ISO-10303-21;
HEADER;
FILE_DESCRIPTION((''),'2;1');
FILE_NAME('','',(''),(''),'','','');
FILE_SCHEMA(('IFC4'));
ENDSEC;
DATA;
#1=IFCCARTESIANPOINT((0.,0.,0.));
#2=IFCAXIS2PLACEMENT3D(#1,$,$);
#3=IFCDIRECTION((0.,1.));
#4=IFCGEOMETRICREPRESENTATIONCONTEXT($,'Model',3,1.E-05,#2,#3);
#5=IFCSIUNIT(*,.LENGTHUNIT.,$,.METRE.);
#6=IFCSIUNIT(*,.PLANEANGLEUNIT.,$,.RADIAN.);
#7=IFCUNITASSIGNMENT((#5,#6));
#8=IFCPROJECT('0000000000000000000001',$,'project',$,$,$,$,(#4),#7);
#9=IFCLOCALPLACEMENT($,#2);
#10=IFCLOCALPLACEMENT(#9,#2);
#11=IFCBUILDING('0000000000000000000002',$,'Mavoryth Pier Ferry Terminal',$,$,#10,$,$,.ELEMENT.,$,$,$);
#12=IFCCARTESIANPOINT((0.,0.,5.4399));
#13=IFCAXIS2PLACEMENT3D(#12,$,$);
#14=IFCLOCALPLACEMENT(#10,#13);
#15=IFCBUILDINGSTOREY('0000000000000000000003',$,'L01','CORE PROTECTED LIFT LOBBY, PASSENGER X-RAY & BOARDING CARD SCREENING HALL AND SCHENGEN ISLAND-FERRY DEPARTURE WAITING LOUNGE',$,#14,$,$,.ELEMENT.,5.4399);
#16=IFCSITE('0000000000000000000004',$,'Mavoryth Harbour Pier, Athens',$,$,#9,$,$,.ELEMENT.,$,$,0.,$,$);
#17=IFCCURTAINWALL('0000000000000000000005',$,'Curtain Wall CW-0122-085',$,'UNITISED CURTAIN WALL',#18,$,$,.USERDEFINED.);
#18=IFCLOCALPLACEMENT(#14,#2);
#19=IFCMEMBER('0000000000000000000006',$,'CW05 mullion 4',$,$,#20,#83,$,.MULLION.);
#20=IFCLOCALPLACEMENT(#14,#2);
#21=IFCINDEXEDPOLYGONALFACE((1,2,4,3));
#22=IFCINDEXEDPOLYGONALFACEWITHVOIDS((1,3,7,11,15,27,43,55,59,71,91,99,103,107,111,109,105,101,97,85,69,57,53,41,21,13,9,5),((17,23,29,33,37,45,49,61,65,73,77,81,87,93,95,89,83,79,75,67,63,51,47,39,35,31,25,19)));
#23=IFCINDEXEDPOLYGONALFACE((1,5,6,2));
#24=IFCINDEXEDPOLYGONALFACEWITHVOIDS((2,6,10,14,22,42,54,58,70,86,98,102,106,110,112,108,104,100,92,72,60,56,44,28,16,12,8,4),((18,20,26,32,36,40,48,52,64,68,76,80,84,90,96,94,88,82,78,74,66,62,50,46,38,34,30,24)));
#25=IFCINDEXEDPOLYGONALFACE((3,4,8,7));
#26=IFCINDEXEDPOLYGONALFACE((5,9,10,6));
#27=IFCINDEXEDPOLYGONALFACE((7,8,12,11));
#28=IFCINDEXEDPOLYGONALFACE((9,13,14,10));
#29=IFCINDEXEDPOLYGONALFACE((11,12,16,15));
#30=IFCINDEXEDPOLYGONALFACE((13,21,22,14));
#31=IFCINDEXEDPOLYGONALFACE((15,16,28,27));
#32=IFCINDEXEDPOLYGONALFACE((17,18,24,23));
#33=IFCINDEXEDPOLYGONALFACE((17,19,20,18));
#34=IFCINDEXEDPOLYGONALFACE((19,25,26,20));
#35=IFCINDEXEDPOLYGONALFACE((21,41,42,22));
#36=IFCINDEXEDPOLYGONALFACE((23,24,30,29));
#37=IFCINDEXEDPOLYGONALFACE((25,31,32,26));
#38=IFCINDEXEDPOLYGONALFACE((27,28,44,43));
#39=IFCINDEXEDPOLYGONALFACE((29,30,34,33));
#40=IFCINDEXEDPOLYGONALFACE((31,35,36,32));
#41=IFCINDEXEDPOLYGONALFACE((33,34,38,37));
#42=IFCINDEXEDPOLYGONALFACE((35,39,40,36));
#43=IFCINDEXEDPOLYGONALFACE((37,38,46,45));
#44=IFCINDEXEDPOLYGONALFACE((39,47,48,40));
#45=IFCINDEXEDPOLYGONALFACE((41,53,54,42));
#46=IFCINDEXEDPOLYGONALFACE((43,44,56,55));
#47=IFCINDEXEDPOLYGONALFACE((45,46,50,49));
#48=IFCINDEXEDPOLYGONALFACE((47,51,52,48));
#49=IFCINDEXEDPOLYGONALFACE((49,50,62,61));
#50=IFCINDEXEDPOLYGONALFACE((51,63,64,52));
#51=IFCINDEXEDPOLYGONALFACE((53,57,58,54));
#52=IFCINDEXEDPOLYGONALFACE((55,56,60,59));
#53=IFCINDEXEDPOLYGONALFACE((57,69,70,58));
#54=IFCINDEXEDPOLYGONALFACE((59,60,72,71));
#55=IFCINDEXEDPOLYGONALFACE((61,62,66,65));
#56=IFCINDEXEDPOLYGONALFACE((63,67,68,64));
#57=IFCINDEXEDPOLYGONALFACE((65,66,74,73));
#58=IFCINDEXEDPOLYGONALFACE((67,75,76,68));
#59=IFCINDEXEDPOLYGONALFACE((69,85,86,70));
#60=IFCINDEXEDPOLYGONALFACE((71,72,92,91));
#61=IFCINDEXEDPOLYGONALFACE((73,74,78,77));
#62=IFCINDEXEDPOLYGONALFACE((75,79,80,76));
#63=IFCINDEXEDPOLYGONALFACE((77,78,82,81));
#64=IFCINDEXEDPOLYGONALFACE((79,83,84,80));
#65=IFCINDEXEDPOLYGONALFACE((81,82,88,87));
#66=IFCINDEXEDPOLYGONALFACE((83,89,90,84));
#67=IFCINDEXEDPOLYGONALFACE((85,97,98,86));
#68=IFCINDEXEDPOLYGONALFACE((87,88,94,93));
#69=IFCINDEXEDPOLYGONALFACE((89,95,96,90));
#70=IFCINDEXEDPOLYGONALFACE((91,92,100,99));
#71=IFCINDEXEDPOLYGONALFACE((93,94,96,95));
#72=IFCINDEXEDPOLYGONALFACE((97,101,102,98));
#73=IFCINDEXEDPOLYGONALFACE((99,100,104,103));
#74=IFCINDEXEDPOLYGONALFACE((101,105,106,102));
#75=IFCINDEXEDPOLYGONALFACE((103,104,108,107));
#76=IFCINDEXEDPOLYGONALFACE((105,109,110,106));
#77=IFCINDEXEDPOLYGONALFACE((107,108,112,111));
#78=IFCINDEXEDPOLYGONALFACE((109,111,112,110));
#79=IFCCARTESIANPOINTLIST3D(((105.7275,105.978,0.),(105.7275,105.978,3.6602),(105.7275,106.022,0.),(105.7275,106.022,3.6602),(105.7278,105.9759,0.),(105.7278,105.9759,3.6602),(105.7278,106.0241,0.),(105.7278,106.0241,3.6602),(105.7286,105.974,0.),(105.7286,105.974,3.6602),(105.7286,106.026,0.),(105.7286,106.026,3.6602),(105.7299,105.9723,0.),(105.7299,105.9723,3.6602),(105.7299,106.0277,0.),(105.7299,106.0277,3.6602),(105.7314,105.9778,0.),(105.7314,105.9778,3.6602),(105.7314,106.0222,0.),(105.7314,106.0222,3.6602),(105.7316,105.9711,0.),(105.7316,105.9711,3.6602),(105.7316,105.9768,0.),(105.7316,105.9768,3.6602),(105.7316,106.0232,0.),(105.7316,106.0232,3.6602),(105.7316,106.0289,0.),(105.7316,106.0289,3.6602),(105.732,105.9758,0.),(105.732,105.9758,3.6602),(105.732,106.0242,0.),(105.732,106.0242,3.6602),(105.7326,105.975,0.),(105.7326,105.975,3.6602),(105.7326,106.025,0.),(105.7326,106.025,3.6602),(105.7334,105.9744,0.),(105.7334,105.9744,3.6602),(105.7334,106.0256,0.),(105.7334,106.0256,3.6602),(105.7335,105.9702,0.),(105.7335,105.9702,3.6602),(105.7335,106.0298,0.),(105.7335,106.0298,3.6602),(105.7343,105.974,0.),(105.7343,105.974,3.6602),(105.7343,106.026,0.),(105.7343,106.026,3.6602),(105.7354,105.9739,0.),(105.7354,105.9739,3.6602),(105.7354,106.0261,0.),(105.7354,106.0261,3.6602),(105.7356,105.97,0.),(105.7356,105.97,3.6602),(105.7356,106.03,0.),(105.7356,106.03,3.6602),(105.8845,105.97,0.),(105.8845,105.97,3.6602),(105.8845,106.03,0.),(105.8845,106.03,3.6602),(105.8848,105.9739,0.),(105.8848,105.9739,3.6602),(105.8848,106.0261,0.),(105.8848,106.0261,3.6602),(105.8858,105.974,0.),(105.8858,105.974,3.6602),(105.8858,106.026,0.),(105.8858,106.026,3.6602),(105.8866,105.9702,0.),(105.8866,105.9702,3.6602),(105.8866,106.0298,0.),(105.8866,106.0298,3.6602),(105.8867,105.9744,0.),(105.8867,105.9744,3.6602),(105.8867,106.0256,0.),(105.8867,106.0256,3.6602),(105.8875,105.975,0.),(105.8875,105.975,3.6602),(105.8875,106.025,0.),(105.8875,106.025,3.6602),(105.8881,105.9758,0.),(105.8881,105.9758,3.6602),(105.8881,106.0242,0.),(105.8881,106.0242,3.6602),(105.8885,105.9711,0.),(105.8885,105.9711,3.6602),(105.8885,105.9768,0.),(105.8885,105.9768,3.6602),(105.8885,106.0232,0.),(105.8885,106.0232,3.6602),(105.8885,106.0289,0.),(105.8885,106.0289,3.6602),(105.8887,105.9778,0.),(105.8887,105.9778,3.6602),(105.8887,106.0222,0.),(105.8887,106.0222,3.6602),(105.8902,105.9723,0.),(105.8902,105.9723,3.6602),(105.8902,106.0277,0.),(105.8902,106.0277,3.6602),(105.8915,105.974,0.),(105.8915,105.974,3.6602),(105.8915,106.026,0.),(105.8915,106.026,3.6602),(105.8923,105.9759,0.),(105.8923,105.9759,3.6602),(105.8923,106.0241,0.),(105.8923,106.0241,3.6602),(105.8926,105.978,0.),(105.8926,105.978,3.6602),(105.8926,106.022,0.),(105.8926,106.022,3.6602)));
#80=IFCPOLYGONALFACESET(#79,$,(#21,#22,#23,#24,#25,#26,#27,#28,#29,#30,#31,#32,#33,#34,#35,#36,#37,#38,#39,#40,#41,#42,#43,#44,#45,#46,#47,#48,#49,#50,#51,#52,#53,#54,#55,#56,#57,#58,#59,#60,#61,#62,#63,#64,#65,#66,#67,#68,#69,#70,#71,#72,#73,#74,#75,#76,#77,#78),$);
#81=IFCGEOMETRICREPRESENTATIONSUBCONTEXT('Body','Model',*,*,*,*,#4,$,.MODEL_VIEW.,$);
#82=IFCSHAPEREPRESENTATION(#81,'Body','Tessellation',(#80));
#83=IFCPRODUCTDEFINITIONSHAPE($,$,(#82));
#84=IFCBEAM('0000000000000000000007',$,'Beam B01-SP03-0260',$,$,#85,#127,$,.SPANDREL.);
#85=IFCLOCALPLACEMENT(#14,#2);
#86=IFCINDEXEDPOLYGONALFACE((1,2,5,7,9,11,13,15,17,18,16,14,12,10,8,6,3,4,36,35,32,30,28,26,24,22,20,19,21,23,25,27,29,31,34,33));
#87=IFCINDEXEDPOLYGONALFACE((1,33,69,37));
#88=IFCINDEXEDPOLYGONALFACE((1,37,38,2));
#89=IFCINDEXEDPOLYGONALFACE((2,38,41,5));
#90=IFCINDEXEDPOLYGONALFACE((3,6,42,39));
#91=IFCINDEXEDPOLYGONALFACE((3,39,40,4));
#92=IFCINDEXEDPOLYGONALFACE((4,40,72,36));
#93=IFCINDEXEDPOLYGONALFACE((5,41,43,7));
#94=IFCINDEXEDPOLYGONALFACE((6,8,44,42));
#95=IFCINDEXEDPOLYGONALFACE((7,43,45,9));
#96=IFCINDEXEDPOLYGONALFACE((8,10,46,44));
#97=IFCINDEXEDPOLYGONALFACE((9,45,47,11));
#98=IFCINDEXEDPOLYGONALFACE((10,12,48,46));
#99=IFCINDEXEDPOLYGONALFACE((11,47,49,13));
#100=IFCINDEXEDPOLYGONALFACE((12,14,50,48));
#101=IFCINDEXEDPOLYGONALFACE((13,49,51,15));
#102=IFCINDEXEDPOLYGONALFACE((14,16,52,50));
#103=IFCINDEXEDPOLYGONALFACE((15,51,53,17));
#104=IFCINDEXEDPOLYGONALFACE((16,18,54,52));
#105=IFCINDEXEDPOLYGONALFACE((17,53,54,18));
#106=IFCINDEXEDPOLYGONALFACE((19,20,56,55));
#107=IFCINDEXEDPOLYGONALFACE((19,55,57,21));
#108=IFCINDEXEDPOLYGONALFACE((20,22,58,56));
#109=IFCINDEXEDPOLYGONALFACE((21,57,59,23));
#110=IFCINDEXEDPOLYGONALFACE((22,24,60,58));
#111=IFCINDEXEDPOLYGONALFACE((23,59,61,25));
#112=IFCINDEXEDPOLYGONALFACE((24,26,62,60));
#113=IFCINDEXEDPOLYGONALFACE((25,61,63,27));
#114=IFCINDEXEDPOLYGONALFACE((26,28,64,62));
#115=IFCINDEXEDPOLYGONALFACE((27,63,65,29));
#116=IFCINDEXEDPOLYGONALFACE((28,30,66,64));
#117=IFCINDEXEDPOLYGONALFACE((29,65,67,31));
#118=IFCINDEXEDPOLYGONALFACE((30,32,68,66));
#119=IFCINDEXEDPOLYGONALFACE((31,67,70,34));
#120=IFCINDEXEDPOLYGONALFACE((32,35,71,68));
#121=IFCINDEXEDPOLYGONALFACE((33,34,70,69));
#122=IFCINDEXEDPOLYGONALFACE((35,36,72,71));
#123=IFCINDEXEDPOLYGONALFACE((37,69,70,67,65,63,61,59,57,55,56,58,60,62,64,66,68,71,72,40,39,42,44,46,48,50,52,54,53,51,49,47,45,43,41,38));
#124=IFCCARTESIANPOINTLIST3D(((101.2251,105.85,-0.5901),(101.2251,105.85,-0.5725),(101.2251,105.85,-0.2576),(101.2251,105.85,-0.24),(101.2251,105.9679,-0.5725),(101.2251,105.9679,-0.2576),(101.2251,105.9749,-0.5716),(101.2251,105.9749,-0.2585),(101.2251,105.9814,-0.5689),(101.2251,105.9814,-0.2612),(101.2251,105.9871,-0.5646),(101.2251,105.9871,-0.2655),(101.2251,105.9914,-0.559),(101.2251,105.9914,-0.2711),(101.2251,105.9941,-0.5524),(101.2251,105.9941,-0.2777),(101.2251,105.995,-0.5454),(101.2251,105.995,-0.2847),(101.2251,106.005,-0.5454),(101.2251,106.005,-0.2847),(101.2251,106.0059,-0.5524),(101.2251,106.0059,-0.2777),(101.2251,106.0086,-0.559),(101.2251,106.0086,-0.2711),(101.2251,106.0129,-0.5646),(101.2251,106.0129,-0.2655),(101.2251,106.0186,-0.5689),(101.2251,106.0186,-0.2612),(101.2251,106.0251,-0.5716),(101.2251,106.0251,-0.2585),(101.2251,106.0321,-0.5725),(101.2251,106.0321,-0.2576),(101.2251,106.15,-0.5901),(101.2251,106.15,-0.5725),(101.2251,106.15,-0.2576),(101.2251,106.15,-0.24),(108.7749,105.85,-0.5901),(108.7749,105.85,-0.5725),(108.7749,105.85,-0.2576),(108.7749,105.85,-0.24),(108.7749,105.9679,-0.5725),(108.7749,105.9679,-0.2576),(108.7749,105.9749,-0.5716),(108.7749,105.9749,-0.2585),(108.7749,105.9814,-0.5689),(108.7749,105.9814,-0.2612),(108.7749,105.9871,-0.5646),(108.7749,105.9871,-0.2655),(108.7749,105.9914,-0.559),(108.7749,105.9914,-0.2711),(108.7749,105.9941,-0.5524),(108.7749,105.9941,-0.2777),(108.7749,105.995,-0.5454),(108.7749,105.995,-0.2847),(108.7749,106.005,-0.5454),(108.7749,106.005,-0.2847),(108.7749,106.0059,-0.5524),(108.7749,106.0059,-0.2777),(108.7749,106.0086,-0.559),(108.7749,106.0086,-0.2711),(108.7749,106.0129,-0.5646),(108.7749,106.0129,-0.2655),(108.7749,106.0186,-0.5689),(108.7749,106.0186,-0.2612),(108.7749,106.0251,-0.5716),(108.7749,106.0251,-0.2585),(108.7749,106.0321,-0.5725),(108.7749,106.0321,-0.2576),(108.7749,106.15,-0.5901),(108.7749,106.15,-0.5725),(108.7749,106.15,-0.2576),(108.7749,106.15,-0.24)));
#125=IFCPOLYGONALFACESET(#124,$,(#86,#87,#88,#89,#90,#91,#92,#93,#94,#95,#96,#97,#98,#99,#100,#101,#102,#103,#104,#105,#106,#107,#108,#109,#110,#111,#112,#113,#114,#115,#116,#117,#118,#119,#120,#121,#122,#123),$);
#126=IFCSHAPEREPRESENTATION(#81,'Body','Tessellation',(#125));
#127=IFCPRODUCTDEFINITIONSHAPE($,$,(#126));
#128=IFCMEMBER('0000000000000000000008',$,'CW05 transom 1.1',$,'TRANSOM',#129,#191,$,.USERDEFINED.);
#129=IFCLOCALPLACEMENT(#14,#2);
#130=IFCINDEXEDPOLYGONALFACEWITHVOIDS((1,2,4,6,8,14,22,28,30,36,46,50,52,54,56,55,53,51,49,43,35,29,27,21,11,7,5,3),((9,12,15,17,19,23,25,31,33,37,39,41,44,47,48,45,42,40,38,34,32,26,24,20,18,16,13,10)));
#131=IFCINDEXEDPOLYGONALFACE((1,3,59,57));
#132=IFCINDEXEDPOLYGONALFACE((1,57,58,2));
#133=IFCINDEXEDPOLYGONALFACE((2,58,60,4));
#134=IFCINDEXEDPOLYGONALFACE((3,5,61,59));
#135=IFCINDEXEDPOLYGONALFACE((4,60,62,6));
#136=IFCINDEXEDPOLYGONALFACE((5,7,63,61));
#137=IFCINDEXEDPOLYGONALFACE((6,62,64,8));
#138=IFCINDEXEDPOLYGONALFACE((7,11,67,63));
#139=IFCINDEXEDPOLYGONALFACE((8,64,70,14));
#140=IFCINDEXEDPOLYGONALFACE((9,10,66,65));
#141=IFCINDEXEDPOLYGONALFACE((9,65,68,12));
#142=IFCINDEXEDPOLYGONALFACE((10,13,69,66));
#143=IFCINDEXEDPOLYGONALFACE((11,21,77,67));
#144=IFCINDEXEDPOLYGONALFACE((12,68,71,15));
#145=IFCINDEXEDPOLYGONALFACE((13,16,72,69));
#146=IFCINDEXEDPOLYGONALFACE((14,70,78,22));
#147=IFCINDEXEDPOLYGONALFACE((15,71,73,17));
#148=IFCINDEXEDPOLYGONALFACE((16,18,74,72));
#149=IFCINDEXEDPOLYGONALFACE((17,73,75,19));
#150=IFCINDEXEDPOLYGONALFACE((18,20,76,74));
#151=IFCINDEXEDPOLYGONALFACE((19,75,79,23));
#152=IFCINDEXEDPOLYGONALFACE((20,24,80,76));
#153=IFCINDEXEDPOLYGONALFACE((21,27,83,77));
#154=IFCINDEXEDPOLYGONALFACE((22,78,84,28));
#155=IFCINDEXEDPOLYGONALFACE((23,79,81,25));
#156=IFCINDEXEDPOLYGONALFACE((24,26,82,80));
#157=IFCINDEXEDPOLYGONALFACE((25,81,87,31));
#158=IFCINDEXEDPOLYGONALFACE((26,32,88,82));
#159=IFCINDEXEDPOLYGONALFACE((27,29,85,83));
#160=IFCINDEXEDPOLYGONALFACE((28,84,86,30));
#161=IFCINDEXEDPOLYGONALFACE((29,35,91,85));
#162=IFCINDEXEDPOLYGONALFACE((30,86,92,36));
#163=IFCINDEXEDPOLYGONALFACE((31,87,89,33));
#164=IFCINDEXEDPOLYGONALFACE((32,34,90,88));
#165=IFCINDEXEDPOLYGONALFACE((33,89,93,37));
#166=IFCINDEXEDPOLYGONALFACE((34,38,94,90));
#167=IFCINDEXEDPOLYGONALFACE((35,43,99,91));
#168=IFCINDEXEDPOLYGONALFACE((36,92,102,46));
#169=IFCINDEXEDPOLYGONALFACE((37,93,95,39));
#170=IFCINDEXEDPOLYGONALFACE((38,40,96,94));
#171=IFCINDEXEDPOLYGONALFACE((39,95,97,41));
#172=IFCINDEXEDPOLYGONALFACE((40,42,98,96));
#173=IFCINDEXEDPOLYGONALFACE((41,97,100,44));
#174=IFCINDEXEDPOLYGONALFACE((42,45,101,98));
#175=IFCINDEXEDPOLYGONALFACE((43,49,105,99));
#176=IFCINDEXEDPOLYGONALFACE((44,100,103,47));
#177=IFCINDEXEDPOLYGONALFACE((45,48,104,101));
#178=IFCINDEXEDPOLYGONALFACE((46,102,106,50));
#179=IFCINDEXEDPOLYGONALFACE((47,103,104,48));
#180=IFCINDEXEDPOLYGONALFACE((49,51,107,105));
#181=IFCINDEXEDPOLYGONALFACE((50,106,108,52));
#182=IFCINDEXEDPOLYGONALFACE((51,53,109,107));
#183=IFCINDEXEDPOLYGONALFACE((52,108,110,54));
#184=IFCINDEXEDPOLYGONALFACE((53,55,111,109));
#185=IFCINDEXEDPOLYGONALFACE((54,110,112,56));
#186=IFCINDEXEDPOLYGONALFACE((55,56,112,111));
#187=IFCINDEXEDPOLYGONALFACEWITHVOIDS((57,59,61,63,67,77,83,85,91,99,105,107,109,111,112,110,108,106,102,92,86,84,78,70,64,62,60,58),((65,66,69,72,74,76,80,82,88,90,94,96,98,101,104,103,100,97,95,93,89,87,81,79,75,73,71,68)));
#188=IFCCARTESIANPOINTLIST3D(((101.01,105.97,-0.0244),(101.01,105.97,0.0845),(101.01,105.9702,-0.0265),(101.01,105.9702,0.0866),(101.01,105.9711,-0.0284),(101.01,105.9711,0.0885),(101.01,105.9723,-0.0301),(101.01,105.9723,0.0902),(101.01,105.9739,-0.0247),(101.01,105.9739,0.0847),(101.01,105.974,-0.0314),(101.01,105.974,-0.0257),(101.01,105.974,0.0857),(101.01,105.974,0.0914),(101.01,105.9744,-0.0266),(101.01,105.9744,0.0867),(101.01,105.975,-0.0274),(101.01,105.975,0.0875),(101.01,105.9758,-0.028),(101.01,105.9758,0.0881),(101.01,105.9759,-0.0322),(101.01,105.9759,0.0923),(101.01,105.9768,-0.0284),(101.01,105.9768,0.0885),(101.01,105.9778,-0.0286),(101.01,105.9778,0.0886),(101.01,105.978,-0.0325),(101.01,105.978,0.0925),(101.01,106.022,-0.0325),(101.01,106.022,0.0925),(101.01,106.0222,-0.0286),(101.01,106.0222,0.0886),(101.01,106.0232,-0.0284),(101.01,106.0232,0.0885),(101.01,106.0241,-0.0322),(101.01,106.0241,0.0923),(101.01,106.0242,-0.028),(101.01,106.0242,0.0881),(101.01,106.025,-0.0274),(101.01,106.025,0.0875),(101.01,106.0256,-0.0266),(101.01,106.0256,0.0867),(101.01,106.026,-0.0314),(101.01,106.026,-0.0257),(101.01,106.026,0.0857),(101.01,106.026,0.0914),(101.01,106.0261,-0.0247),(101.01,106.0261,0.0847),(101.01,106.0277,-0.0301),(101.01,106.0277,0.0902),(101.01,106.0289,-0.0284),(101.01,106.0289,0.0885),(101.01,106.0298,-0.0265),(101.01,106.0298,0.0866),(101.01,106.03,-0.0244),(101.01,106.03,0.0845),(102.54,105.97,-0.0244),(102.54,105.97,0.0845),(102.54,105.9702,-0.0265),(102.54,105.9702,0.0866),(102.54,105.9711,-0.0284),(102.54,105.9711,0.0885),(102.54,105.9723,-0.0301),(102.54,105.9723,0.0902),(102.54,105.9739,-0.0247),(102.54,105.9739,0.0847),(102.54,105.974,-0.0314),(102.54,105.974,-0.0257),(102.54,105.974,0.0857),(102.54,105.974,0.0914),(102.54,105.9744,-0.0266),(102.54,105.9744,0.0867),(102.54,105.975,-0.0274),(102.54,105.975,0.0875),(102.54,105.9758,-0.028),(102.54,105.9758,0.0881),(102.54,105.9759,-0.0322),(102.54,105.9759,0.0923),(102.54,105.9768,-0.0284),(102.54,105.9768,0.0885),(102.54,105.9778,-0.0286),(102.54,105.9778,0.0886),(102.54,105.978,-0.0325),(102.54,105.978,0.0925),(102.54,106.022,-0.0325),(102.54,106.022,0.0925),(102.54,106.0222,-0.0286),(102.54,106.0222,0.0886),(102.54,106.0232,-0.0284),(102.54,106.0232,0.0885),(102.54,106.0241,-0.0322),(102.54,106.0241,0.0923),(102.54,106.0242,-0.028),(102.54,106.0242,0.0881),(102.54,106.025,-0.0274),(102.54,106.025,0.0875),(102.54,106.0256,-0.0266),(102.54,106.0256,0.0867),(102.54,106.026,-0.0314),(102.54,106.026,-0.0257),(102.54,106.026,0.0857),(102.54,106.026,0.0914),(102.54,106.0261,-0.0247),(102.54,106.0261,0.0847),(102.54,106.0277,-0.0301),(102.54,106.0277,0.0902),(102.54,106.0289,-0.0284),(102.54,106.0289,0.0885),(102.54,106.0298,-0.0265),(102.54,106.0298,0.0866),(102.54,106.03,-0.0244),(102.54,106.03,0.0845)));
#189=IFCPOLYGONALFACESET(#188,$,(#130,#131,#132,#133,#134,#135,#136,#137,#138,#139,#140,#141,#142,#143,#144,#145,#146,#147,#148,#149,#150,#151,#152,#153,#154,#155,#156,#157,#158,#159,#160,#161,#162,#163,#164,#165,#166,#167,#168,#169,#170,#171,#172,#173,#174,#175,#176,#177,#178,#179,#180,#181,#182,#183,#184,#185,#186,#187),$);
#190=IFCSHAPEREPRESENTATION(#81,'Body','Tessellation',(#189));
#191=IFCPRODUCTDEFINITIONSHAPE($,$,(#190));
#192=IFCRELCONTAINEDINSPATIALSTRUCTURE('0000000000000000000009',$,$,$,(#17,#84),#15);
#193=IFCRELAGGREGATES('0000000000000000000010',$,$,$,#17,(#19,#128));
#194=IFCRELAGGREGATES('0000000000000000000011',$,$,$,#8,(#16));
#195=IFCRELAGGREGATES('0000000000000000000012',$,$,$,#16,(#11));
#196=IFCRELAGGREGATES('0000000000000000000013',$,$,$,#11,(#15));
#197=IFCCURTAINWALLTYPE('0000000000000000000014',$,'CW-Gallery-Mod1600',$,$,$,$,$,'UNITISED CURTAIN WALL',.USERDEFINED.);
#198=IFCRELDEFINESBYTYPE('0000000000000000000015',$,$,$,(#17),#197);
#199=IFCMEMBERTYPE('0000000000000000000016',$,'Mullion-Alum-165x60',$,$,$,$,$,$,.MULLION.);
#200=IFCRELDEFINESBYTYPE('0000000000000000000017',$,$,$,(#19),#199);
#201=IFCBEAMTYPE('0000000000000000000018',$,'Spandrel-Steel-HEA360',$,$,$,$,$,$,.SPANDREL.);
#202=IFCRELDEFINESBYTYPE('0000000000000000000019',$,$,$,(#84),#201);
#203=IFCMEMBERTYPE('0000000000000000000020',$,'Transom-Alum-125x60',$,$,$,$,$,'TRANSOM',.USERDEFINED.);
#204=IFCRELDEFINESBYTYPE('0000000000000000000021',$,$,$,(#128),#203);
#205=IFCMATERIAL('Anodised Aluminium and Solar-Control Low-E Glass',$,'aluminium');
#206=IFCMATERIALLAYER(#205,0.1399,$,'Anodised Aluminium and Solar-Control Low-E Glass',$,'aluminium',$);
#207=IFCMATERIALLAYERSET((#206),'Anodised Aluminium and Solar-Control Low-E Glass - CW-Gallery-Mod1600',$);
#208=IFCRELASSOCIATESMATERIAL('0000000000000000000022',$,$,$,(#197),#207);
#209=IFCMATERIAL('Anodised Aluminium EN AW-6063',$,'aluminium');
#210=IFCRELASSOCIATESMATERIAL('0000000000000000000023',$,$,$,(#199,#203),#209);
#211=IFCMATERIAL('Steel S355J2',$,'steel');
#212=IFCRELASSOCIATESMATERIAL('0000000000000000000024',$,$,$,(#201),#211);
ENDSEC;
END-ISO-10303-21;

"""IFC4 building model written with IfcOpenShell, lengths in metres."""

from ifc_helpers import new_model, si_unit, direction, frame, origin, origin_2d, place, context, subcontext, project, spatial, hollow_rectangle, i_section, extrude, material, layer, layer_set, material_profile, profile_set, type_object, element, aggregate, save


model = new_model("IFC4")

# Units and contexts
model_context = context("Model", 3, precision=1e-05, world=origin(), true_north=direction((0.0, 1.0)))
body_context = subcontext(model_context, "Body", "Model", "MODEL_VIEW")
ifc_project = project(units=[si_unit("LENGTHUNIT", "METRE"), si_unit("PLANEANGLEUNIT", "RADIAN")], contexts=[model_context])

# Site, building, storey
site_placement = place(None, origin())
site = spatial("IfcSite", under=ifc_project, at=site_placement, Name="Mavoryth Harbour Pier, Athens", CompositionType="ELEMENT", RefElevation=0.0)
building_placement = place(site_placement, origin())
building = spatial("IfcBuilding", under=site, at=building_placement, Name="Mavoryth Pier Ferry Terminal", CompositionType="ELEMENT")
storey_placement = place(building_placement, frame((0.0, 0.0, 5.4399)))
storey = spatial("IfcBuildingStorey", under=building, at=storey_placement, Name="L01", Description="CORE PROTECTED LIFT LOBBY, PASSENGER X-RAY & BOARDING CARD SCREENING HALL AND SCHENGEN ISLAND-FERRY DEPARTURE WAITING LOUNGE", CompositionType="ELEMENT", Elevation=5.4399)

# Shared definitions
ifc_material_1 = material(Name="Steel S355J2", Category="steel")

# Shared definitions
ifc_material_2 = material(Name="Anodised Aluminium and Solar-Control Low-E Glass", Category="aluminium")
ifc_layer_1 = layer(ifc_material_2, 0.1399, Name="Anodised Aluminium and Solar-Control Low-E Glass", Category="aluminium")
ifc_layer_set_1 = layer_set([ifc_layer_1], Name="Anodised Aluminium and Solar-Control Low-E Glass - CW-Gallery-Mod1600")
curtain_wall_type = type_object("IfcCurtainWallType", Name="CW-Gallery-Mod1600", ElementType="UNITISED CURTAIN WALL", PredefinedType="USERDEFINED", material=ifc_layer_set_1)
ifc_material_3 = material(Name="Anodised Aluminium EN AW-6063", Category="aluminium")
ifc_material_profile_1 = material_profile(ifc_material_3, hollow_rectangle(XDim=0.0601, YDim=0.165, WallThickness=0.0039, InnerFilletRadius=0.0039, OuterFilletRadius=0.0081, at=origin_2d()), Name="AL-MULL 165x60x4", Category="aluminium")
ifc_profile_set_1 = profile_set([ifc_material_profile_1], Name="Anodised Aluminium EN AW-6063 - AL-MULL 165x60x4")
member_type_1 = type_object("IfcMemberType", Name="Mullion-Alum-165x60", PredefinedType="MULLION", material=ifc_profile_set_1)

# Curtain wall, member
curtain_wall_1_placement = place(storey_placement, origin())
curtain_wall_1 = element("IfcCurtainWall", 1, at=curtain_wall_1_placement, inside=storey, type_object=curtain_wall_type, Name="Curtain Wall CW-0122-085", ObjectType="UNITISED CURTAIN WALL", PredefinedType="USERDEFINED")
member_1_placement = place(storey_placement, frame((105.8101, 106.0, 0.0), z_axis=(0.0, 0.0, 1.0), x_axis=(0.0, 1.0, 0.0)))
member_1 = element("IfcMember", 2, at=member_1_placement, type_object=member_type_1, Name="CW05 mullion 4", PredefinedType="MULLION", context=body_context, shape_type="SweptSolid", body=[
    extrude(hollow_rectangle(XDim=0.0601, YDim=0.165, WallThickness=0.0039, InnerFilletRadius=0.0039, OuterFilletRadius=0.0081, at=origin_2d()), origin(), (0.0, 0.0, 1.0), 3.6602),
])

# Beam
ifc_material_profile_2 = material_profile(ifc_material_1, i_section(OverallWidth=0.3, OverallDepth=0.3501, WebThickness=0.01, FlangeThickness=0.0176, FilletRadius=0.0271, at=origin_2d()), Name="HEA 360", Category="steel")
ifc_profile_set_2 = profile_set([ifc_material_profile_2], Name="Steel S355J2 - HEA 360")
beam_type_1 = type_object("IfcBeamType", Name="Spandrel-Steel-HEA360", PredefinedType="SPANDREL", material=ifc_profile_set_2)
beam_placement = place(storey_placement, frame((101.2251, 106.0, -0.415), z_axis=(1.0, 0.0, 0.0), x_axis=(0.0, 1.0, 0.0)))
element("IfcBeam", 3, at=beam_placement, inside=storey, type_object=beam_type_1, Name="Beam B01-SP03-0260", PredefinedType="SPANDREL", context=body_context, shape_type="SweptSolid", body=[
    extrude(i_section(OverallWidth=0.3, OverallDepth=0.3501, WebThickness=0.01, FlangeThickness=0.0176, FilletRadius=0.0271, at=origin_2d()), origin(), (0.0, 0.0, 1.0), 7.5498),
])

# Member
ifc_material_profile_3 = material_profile(ifc_material_3, hollow_rectangle(XDim=0.0601, YDim=0.125, WallThickness=0.0039, InnerFilletRadius=0.0039, OuterFilletRadius=0.0081, at=origin_2d()), Name="AL-TRAN 125x60x4", Category="aluminium")
ifc_profile_set_3 = profile_set([ifc_material_profile_3], Name="Anodised Aluminium EN AW-6063 - AL-TRAN 125x60x4")
member_type_2 = type_object("IfcMemberType", Name="Transom-Alum-125x60", ElementType="TRANSOM", PredefinedType="USERDEFINED", material=ifc_profile_set_3)
member_2_placement = place(storey_placement, frame((101.01, 106.0, 0.03), z_axis=(1.0, 0.0, 0.0), x_axis=(0.0, 1.0, 0.0)))
member_2 = element("IfcMember", 4, at=member_2_placement, type_object=member_type_2, Name="CW05 transom 1.1", ObjectType="TRANSOM", PredefinedType="USERDEFINED", context=body_context, shape_type="SweptSolid", body=[
    extrude(hollow_rectangle(XDim=0.0601, YDim=0.125, WallThickness=0.0039, InnerFilletRadius=0.0039, OuterFilletRadius=0.0081, at=origin_2d()), origin(), (0.0, 0.0, 1.0), 1.53),
])

aggregate(curtain_wall_1, [member_1, member_2])

save(model, "model.ifc")
